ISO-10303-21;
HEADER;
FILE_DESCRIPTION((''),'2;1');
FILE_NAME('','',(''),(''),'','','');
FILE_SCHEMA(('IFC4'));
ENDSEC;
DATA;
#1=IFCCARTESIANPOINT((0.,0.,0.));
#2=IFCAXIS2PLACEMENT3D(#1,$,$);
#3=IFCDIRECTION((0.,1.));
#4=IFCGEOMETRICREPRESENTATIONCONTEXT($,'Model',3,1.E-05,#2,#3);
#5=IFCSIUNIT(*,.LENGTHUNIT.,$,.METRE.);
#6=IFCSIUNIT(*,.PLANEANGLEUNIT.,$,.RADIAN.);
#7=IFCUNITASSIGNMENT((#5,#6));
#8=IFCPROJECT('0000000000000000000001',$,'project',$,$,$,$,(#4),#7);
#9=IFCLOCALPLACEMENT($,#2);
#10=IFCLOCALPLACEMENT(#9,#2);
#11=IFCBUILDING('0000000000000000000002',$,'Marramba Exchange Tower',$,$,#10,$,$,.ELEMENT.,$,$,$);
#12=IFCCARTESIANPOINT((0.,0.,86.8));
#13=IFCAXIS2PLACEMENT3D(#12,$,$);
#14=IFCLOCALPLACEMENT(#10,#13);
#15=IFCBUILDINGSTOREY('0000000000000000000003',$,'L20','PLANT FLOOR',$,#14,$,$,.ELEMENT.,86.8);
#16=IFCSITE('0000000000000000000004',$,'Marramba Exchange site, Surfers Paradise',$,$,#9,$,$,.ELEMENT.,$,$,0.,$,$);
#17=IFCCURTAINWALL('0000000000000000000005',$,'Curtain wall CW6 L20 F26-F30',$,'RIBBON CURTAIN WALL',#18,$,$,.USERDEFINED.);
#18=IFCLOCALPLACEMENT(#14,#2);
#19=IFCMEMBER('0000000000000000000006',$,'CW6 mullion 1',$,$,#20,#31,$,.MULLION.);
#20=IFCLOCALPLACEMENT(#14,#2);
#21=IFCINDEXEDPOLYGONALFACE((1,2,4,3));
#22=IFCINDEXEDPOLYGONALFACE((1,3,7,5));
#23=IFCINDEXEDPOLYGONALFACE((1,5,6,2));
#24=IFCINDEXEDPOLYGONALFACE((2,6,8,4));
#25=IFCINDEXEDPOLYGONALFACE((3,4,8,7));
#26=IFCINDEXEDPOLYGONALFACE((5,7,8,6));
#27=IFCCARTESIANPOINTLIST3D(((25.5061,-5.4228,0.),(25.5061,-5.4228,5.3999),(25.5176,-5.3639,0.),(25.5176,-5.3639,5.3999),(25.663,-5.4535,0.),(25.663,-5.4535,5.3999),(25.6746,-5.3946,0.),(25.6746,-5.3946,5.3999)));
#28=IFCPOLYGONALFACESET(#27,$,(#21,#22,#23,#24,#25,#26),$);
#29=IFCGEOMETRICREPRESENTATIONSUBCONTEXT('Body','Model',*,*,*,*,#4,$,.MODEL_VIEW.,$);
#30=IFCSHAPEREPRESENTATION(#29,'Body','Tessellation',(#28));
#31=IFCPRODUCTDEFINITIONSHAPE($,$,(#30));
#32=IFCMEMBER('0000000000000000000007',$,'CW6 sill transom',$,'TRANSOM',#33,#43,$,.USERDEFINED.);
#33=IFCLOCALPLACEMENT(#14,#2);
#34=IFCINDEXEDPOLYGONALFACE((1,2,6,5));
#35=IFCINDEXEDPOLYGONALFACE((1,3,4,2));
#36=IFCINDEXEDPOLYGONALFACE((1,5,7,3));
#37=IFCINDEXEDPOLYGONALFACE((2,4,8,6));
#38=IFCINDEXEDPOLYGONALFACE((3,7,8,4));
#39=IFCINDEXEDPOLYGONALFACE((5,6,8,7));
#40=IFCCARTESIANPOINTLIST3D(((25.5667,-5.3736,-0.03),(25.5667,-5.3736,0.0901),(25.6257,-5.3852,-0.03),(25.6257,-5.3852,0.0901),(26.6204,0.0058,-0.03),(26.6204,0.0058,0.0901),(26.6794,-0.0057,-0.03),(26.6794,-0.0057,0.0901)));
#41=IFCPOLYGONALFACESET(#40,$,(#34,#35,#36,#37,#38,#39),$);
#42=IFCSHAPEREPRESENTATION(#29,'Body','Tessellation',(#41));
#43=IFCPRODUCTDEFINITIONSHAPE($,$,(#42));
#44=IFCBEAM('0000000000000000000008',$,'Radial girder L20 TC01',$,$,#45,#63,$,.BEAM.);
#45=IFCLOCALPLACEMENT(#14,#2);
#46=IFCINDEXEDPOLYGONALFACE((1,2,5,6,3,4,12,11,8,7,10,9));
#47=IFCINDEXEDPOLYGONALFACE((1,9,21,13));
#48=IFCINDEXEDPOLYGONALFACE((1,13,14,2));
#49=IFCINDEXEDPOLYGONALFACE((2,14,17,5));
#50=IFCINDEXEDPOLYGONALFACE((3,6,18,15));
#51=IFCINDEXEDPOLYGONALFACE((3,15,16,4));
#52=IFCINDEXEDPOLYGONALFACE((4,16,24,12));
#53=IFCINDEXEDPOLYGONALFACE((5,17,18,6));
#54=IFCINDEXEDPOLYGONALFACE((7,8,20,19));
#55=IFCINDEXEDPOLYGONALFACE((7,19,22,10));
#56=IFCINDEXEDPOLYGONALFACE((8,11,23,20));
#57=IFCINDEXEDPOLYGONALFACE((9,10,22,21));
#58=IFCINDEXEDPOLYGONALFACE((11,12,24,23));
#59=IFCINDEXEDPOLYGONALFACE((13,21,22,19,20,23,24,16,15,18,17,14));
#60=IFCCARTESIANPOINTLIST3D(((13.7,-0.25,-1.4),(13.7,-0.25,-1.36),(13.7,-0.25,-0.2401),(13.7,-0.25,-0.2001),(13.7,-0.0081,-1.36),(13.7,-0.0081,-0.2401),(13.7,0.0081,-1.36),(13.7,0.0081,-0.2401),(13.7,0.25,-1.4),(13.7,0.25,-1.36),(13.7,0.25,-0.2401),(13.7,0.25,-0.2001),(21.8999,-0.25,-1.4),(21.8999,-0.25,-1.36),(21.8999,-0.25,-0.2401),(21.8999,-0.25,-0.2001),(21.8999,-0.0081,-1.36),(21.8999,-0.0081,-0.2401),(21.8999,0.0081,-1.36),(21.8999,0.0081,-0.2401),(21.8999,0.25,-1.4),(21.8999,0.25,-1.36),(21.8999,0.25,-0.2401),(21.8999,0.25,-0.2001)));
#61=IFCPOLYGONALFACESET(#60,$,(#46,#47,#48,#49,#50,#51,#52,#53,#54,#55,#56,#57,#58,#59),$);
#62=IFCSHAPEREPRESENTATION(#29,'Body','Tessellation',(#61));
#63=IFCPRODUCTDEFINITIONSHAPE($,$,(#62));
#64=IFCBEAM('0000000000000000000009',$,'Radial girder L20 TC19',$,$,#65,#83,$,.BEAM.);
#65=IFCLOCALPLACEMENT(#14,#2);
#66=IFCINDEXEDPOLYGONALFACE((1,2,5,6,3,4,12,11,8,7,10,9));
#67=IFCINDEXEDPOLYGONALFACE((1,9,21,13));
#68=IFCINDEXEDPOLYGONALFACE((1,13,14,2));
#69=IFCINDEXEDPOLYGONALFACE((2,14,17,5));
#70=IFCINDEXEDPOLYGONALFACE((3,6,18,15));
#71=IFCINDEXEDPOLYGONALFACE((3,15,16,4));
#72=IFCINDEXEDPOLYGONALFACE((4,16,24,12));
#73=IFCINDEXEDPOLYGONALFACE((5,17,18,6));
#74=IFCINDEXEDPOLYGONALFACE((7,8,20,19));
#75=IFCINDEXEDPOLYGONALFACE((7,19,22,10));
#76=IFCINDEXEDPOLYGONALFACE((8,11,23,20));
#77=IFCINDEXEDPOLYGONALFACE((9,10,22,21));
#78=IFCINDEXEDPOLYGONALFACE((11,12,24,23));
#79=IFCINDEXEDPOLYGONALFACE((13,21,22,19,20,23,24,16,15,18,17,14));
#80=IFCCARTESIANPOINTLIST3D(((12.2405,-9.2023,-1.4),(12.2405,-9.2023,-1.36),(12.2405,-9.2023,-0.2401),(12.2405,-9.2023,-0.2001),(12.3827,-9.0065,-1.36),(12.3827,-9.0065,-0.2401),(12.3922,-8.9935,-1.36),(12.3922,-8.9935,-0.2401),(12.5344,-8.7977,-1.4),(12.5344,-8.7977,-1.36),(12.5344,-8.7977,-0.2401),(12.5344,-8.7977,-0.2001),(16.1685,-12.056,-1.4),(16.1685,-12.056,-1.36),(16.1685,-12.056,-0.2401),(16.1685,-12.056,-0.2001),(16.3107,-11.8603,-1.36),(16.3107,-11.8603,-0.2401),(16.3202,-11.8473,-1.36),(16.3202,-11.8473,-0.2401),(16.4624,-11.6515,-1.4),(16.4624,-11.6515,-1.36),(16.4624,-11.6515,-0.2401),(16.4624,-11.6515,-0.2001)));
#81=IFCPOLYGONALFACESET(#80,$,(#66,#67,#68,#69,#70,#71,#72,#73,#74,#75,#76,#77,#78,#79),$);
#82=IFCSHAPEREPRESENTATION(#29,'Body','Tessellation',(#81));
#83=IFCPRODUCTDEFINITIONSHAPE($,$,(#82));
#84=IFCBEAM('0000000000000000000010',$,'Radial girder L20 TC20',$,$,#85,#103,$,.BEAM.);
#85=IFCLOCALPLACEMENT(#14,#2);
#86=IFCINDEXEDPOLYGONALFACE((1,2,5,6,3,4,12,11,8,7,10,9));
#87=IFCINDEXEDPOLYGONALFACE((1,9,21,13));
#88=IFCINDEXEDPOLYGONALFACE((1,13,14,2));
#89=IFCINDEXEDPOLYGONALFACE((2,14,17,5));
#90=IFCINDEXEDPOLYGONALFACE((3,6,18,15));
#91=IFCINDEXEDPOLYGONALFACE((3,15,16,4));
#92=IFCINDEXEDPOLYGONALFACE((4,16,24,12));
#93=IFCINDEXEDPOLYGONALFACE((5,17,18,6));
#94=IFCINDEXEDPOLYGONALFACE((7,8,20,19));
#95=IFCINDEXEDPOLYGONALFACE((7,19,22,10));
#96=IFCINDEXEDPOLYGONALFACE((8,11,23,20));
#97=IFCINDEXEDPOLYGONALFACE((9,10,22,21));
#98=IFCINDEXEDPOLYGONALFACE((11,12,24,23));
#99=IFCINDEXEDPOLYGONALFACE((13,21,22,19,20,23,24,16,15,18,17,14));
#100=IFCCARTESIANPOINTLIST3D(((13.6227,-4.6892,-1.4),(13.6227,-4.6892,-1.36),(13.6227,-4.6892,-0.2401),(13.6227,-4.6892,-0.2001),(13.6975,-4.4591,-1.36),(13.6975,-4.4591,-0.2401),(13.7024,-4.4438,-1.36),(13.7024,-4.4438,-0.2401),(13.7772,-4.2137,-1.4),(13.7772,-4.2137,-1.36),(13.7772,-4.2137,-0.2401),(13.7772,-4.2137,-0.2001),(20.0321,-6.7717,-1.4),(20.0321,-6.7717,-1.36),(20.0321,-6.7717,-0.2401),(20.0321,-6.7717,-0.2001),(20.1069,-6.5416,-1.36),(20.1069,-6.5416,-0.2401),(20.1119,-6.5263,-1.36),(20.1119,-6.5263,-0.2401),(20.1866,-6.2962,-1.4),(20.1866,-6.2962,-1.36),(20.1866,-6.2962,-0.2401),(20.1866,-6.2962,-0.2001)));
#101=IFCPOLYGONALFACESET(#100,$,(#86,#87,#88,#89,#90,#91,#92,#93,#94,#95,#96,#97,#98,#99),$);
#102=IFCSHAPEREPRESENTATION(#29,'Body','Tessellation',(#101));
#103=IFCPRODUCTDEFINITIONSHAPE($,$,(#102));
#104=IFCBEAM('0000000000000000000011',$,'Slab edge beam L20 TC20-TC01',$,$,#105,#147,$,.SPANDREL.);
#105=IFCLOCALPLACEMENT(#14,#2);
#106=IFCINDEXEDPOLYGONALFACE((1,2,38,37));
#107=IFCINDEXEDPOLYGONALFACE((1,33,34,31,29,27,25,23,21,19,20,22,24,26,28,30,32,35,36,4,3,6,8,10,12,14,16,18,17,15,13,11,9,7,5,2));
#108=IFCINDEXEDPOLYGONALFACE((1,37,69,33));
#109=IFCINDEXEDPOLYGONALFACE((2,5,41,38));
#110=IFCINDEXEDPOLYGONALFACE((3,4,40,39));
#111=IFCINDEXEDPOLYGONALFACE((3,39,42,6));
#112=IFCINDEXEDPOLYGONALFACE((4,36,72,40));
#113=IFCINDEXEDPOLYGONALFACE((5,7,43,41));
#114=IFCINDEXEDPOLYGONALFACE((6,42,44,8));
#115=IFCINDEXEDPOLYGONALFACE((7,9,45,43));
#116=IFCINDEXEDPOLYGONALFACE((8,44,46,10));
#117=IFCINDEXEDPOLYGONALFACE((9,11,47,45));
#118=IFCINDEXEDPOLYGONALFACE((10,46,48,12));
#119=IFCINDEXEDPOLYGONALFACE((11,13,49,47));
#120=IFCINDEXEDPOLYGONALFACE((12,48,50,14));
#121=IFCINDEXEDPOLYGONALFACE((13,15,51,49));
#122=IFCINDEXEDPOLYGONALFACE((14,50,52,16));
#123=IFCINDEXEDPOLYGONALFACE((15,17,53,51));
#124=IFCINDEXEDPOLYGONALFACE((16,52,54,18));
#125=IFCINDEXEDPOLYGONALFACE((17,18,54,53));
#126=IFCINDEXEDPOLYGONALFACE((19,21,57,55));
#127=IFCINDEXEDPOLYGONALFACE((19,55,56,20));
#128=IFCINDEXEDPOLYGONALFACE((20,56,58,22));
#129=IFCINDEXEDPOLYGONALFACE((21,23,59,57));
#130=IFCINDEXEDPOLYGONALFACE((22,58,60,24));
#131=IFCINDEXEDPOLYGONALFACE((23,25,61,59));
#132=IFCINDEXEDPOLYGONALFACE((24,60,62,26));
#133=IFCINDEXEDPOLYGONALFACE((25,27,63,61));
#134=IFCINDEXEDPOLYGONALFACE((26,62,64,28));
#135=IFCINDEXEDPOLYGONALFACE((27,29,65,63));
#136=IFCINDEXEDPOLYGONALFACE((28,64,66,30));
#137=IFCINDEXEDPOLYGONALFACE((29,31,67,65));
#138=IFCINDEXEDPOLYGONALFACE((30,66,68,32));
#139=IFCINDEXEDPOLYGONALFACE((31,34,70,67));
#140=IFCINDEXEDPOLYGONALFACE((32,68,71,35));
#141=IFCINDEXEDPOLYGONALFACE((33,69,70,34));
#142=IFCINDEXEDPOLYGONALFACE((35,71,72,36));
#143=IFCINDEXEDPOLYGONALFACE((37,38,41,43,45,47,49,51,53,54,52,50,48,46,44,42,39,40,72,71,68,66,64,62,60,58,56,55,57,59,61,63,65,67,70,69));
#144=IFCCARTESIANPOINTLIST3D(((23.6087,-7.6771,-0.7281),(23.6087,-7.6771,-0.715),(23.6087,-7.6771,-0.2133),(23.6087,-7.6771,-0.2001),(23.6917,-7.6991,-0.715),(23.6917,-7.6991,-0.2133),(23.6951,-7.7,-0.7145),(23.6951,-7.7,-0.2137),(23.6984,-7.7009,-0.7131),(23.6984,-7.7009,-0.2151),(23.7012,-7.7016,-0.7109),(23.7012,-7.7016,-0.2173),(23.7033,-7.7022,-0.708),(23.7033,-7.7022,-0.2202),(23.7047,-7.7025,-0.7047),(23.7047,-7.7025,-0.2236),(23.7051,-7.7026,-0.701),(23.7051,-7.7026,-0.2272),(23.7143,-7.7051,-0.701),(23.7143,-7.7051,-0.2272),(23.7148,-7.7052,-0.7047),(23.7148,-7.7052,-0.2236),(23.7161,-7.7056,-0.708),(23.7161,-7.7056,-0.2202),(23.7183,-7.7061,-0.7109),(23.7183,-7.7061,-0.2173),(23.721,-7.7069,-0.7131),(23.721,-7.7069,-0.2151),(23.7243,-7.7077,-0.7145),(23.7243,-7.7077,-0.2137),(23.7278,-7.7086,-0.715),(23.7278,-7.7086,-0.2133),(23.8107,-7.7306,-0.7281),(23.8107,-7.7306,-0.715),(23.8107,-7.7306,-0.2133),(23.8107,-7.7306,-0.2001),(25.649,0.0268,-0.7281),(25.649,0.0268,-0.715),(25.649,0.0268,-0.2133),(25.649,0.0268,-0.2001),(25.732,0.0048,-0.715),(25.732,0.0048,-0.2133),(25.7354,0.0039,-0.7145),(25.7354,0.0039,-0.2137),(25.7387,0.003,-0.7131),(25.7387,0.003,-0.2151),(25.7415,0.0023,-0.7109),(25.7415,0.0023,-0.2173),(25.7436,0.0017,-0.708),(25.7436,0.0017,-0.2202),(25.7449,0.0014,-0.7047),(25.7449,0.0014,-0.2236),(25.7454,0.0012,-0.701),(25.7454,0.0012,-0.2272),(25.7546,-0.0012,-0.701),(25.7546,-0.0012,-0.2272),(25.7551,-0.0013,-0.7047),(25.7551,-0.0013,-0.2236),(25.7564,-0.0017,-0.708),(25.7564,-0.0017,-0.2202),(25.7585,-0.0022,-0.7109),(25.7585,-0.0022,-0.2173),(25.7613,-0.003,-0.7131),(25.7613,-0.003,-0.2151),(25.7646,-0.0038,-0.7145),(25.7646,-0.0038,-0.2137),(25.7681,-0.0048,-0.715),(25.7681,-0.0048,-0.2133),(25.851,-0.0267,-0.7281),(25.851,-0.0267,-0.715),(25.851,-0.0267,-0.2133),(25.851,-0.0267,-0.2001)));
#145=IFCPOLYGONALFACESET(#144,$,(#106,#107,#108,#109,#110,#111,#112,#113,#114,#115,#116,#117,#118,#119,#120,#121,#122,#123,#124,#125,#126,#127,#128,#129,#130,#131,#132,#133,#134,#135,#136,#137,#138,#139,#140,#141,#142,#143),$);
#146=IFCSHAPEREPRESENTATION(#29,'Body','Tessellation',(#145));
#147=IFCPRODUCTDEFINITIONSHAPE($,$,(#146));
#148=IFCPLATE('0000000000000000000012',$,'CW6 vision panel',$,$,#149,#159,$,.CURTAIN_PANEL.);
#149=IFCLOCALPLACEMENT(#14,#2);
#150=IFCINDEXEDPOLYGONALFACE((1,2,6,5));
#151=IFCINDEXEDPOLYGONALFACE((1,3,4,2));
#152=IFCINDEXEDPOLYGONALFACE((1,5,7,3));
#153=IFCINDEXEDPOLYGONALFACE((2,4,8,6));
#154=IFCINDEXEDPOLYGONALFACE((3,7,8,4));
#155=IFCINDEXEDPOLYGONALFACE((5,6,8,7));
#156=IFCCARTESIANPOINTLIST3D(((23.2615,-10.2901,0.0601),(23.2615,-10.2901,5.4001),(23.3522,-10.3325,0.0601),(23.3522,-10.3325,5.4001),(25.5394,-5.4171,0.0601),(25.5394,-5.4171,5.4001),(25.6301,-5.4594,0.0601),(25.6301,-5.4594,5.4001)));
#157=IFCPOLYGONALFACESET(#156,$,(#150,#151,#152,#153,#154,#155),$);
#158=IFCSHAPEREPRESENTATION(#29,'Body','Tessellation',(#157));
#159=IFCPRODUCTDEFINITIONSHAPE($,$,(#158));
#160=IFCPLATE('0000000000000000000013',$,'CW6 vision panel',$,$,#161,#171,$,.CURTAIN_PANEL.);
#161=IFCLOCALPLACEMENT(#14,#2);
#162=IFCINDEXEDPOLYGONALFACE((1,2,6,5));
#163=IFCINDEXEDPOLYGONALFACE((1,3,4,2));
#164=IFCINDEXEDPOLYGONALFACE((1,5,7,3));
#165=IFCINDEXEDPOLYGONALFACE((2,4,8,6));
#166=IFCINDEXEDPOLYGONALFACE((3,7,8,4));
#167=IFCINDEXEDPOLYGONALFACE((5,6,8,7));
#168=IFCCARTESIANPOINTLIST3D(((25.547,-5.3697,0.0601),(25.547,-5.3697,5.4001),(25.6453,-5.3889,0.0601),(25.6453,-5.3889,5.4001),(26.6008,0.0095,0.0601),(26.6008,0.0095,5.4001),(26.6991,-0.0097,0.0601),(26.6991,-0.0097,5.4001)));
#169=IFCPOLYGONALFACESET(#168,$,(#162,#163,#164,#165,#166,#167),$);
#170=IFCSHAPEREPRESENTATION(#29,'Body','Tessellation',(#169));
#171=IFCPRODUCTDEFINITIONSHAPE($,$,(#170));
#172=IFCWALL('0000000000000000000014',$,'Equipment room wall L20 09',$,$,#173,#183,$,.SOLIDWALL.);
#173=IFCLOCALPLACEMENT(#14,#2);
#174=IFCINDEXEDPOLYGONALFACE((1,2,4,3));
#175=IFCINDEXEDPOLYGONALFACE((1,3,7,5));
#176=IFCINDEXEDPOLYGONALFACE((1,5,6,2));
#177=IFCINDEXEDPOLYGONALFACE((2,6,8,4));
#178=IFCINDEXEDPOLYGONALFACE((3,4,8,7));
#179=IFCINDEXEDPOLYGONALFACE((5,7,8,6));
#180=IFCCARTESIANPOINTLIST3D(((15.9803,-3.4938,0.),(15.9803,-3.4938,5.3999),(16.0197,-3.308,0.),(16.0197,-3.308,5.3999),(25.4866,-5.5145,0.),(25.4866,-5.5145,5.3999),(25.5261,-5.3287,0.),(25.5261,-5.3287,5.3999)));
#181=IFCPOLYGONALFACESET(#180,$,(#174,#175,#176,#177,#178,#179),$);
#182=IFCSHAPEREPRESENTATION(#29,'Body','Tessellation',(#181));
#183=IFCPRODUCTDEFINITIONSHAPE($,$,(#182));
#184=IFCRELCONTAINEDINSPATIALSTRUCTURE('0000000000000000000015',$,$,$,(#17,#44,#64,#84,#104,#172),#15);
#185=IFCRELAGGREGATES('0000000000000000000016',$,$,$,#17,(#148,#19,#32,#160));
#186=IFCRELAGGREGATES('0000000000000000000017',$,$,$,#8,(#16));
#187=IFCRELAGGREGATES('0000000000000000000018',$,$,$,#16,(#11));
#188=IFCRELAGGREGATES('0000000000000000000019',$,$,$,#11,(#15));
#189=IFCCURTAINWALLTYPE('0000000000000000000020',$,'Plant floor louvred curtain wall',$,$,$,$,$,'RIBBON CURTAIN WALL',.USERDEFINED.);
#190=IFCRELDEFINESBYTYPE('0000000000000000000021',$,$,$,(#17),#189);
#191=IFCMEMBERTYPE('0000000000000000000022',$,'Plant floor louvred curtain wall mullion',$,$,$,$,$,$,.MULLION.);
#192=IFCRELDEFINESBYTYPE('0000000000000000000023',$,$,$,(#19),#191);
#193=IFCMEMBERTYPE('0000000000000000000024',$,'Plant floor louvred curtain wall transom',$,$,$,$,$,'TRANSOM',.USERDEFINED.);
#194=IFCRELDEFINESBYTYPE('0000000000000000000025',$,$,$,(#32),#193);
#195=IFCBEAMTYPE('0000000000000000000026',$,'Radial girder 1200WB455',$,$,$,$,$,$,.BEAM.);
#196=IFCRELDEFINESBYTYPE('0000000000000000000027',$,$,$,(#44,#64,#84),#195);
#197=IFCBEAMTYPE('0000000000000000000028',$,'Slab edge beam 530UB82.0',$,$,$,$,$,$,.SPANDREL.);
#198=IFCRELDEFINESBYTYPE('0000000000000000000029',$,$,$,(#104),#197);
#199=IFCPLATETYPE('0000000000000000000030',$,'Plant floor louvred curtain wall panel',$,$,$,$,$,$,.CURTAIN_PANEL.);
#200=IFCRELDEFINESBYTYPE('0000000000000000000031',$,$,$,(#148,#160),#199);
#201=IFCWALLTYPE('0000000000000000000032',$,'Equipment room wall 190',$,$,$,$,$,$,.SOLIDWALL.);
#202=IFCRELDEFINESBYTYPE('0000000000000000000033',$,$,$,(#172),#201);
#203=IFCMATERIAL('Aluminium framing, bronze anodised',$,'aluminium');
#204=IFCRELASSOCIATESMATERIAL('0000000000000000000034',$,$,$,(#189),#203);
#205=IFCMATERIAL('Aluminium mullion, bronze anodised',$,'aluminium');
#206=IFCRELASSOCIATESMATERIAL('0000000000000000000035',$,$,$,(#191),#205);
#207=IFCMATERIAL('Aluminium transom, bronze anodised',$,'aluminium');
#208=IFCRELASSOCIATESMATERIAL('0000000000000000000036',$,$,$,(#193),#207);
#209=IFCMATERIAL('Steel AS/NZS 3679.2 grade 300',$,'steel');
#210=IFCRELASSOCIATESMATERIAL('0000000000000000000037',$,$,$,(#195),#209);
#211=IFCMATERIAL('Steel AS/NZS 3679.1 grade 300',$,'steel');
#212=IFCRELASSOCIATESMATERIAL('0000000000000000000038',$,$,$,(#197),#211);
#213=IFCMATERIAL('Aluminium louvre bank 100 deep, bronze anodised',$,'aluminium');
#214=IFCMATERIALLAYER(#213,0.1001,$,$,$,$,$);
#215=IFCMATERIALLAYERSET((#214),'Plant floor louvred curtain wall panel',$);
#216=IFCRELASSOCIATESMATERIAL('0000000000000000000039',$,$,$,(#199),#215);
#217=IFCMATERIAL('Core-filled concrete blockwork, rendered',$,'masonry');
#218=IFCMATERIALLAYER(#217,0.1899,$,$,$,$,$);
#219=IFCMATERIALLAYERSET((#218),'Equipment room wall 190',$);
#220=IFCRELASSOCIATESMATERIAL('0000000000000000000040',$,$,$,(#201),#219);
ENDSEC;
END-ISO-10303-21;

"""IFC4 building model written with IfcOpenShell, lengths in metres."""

from ifc_helpers import new_model, si_unit, direction, frame, frame_2d, origin, origin_2d, place, context, subcontext, project, spatial, rectangle, i_section, extrude, material, layer, layer_set, material_profile, profile_set, type_object, element, aggregate, save


model = new_model("IFC4")

# Units and contexts
model_context = context("Model", 3, precision=1e-05, world=origin(), true_north=direction((0.0, 1.0)))
body_context = subcontext(model_context, "Body", "Model", "MODEL_VIEW")
ifc_project = project(units=[si_unit("LENGTHUNIT", "METRE"), si_unit("PLANEANGLEUNIT", "RADIAN")], contexts=[model_context])

# Site, building, storey
site_placement = place(None, origin())
site = spatial("IfcSite", under=ifc_project, at=site_placement, Name="Marramba Exchange site, Surfers Paradise", CompositionType="ELEMENT", RefElevation=0.0)
building_placement = place(site_placement, origin())
building = spatial("IfcBuilding", under=site, at=building_placement, Name="Marramba Exchange Tower", CompositionType="ELEMENT")
storey_placement = place(building_placement, frame((0.0, 0.0, 86.8)))
storey = spatial("IfcBuildingStorey", under=building, at=storey_placement, Name="L20", Description="PLANT FLOOR", CompositionType="ELEMENT", Elevation=86.8)

# Shared definitions
ifc_material_1 = material(Name="Steel AS/NZS 3679.2 grade 300", Category="steel")

# Shared definitions
ifc_material_2 = material(Name="Steel AS/NZS 3679.1 grade 300", Category="steel")

# Curtain wall, members
ifc_material_3 = material(Name="Aluminium framing, bronze anodised", Category="aluminium")
curtain_wall_type = type_object("IfcCurtainWallType", Name="Plant floor louvred curtain wall", ElementType="RIBBON CURTAIN WALL", PredefinedType="USERDEFINED", material=ifc_material_3)
curtain_wall_placement = place(storey_placement, origin())
curtain_wall = element("IfcCurtainWall", 1, at=curtain_wall_placement, inside=storey, type_object=curtain_wall_type, Name="Curtain wall CW6 L20 F26-F30", ObjectType="RIBBON CURTAIN WALL", PredefinedType="USERDEFINED")
ifc_material_4 = material(Name="Aluminium mullion, bronze anodised", Category="aluminium")
ifc_material_profile_1 = material_profile(ifc_material_4, rectangle(XDim=0.1599, YDim=0.0601, at=origin_2d()), Name="CW6 mullion 60x160")
ifc_profile_set_1 = profile_set([ifc_material_profile_1], Name="Aluminium mullion, bronze anodised")
member_type_1 = type_object("IfcMemberType", Name="Plant floor louvred curtain wall mullion", PredefinedType="MULLION", material=ifc_profile_set_1)
member_1_placement = place(storey_placement, frame((25.5903, -5.4087, 0.0), z_axis=(0.0, 0.0, 1.0), x_axis=(-0.981346, 0.192249, 0.0)))
member_1 = element("IfcMember", 2, at=member_1_placement, type_object=member_type_1, Name="CW6 mullion 1", PredefinedType="MULLION", context=body_context, shape_type="SweptSolid", body=[
    extrude(rectangle(XDim=0.1599, YDim=0.0601, at=origin_2d()), origin(), (0.0, 0.0, 1.0), 5.3999),
])
ifc_material_5 = material(Name="Aluminium transom, bronze anodised", Category="aluminium")
ifc_material_profile_2 = material_profile(ifc_material_5, rectangle(XDim=0.0601, YDim=0.1201, at=origin_2d()), Name="CW6 transom 60x120")
ifc_profile_set_2 = profile_set([ifc_material_profile_2], Name="Aluminium transom, bronze anodised")
member_type_2 = type_object("IfcMemberType", Name="Plant floor louvred curtain wall transom", ElementType="TRANSOM", PredefinedType="USERDEFINED", material=ifc_profile_set_2)
member_2_placement = place(storey_placement, frame((25.5962, -5.3794, 0.03), z_axis=(0.192226, 0.981351, 0.0), x_axis=(-0.981351, 0.192226, 0.0)))
member_2 = element("IfcMember", 3, at=member_2_placement, type_object=member_type_2, Name="CW6 sill transom", ObjectType="TRANSOM", PredefinedType="USERDEFINED", context=body_context, shape_type="SweptSolid", body=[
    extrude(rectangle(XDim=0.0601, YDim=0.1201, at=origin_2d()), origin(), (0.0, 0.0, 1.0), 5.4817),
])

# Beams
ifc_material_profile_3 = material_profile(ifc_material_1, i_section(OverallWidth=0.5, OverallDepth=1.2, WebThickness=0.0161, FlangeThickness=0.04, at=origin_2d()), Name="1200WB455")
ifc_profile_set_3 = profile_set([ifc_material_profile_3], Name="Steel AS/NZS 3679.2 grade 300")
beam_type_1 = type_object("IfcBeamType", Name="Radial girder 1200WB455", PredefinedType="BEAM", material=ifc_profile_set_3)
beam_1_placement = place(storey_placement, frame((13.7, 0.0, -0.8), z_axis=(1.0, 0.0, 0.0), x_axis=(0.0, 1.0, 0.0)))
element("IfcBeam", 4, at=beam_1_placement, inside=storey, type_object=beam_type_1, Name="Radial girder L20 TC01", PredefinedType="BEAM", context=body_context, shape_type="SweptSolid", body=[
    extrude(i_section(OverallWidth=0.5, OverallDepth=1.2, WebThickness=0.0161, FlangeThickness=0.04, at=origin_2d()), origin(), (0.0, 0.0, 1.0), 8.2),
])
beam_2_placement = place(storey_placement, frame((12.3875, -9.0, -0.8), z_axis=(0.809025, -0.587774, 0.0), x_axis=(0.587774, 0.809025, 0.0)))
element("IfcBeam", 5, at=beam_2_placement, inside=storey, type_object=beam_type_1, Name="Radial girder L20 TC19", PredefinedType="BEAM", context=body_context, shape_type="SweptSolid", body=[
    extrude(i_section(OverallWidth=0.5, OverallDepth=1.2, WebThickness=0.0161, FlangeThickness=0.04, at=origin_2d()), origin(), (0.0, 0.0, 1.0), 4.8552),
])
beam_3_placement = place(storey_placement, frame((13.7, -4.4514, -0.8), z_axis=(0.951058, -0.309013, 0.0), x_axis=(0.309013, 0.951058, 0.0)))
element("IfcBeam", 6, at=beam_3_placement, inside=storey, type_object=beam_type_1, Name="Radial girder L20 TC20", PredefinedType="BEAM", context=body_context, shape_type="SweptSolid", body=[
    extrude(i_section(OverallWidth=0.5, OverallDepth=1.2, WebThickness=0.0161, FlangeThickness=0.04, at=origin_2d()), origin(), (0.0, 0.0, 1.0), 6.7393),
])
ifc_material_profile_4 = material_profile(ifc_material_2, i_section(OverallWidth=0.209, OverallDepth=0.5281, WebThickness=0.0095, FlangeThickness=0.0132, FilletRadius=0.0139, at=origin_2d()), Name="530UB82.0")
ifc_profile_set_4 = profile_set([ifc_material_profile_4], Name="Steel AS/NZS 3679.1 grade 300")
beam_type_2 = type_object("IfcBeamType", Name="Slab edge beam 530UB82.0", PredefinedType="SPANDREL", material=ifc_profile_set_4)
beam_4_placement = place(storey_placement, frame((23.7097, -7.7039, -0.4641), z_axis=(0.256013, 0.966673, 0.0), x_axis=(-0.966673, 0.256013, 0.0)))
element("IfcBeam", 7, at=beam_4_placement, inside=storey, type_object=beam_type_2, Name="Slab edge beam L20 TC20-TC01", PredefinedType="SPANDREL", context=body_context, shape_type="SweptSolid", body=[
    extrude(i_section(OverallWidth=0.209, OverallDepth=0.5281, WebThickness=0.0095, FlangeThickness=0.0132, FilletRadius=0.0139, at=origin_2d()), origin(), (0.0, 0.0, 1.0), 7.9695),
])

# Plates
ifc_material_6 = material(Name="Aluminium louvre bank 100 deep, bronze anodised", Category="aluminium")
ifc_layer_1 = layer(ifc_material_6, 0.1001)
ifc_layer_set_1 = layer_set([ifc_layer_1], Name="Plant floor louvred curtain wall panel")
plate_type = type_object("IfcPlateType", Name="Plant floor louvred curtain wall panel", PredefinedType="CURTAIN_PANEL", material=ifc_layer_set_1)
plate_1_placement = place(storey_placement, frame((24.4458, -7.8748, 0.0601), z_axis=(0.0, 0.0, 1.0), x_axis=(0.423477, 0.905907, 0.0)))
plate_1 = element("IfcPlate", 8, at=plate_1_placement, type_object=plate_type, Name="CW6 vision panel", PredefinedType="CURTAIN_PANEL", context=body_context, shape_type="SweptSolid", body=[
    extrude(rectangle(XDim=5.3792, YDim=0.1001, at=origin_2d()), origin(), (0.0, 0.0, 1.0), 5.3401),
])
plate_2_placement = place(storey_placement, frame((26.123, -2.6897, 0.0601), z_axis=(0.0, 0.0, 1.0), x_axis=(0.192249, 0.981346, 0.0)))
plate_2 = element("IfcPlate", 9, at=plate_2_placement, type_object=plate_type, Name="CW6 vision panel", PredefinedType="CURTAIN_PANEL", context=body_context, shape_type="SweptSolid", body=[
    extrude(rectangle(XDim=5.4814, YDim=0.1001, at=origin_2d()), origin(), (0.0, 0.0, 1.0), 5.3401),
])
aggregate(curtain_wall, [plate_1, member_1, member_2, plate_2])

# Wall
ifc_material_7 = material(Name="Core-filled concrete blockwork, rendered", Category="masonry")
ifc_layer_2 = layer(ifc_material_7, 0.1899)
ifc_layer_set_2 = layer_set([ifc_layer_2], Name="Equipment room wall 190")
wall_type_1 = type_object("IfcWallType", Name="Equipment room wall 190", PredefinedType="SOLIDWALL", material=ifc_layer_set_2)
wall_1_placement = place(storey_placement, frame((16.0, -3.4009, 0.0), z_axis=(0.0, 0.0, 1.0), x_axis=(0.978145, -0.207923, 0.0)))
element("IfcWall", 10, at=wall_1_placement, inside=storey, type_object=wall_type_1, Name="Equipment room wall L20 09", PredefinedType="SOLIDWALL", context=body_context, shape_type="SweptSolid", body=[
    extrude(rectangle(XDim=9.7188, YDim=0.1899, at=frame_2d((4.8594, 0.0))), origin(), (0.0, 0.0, 1.0), 5.3999),
])

save(model, "model.ifc")
